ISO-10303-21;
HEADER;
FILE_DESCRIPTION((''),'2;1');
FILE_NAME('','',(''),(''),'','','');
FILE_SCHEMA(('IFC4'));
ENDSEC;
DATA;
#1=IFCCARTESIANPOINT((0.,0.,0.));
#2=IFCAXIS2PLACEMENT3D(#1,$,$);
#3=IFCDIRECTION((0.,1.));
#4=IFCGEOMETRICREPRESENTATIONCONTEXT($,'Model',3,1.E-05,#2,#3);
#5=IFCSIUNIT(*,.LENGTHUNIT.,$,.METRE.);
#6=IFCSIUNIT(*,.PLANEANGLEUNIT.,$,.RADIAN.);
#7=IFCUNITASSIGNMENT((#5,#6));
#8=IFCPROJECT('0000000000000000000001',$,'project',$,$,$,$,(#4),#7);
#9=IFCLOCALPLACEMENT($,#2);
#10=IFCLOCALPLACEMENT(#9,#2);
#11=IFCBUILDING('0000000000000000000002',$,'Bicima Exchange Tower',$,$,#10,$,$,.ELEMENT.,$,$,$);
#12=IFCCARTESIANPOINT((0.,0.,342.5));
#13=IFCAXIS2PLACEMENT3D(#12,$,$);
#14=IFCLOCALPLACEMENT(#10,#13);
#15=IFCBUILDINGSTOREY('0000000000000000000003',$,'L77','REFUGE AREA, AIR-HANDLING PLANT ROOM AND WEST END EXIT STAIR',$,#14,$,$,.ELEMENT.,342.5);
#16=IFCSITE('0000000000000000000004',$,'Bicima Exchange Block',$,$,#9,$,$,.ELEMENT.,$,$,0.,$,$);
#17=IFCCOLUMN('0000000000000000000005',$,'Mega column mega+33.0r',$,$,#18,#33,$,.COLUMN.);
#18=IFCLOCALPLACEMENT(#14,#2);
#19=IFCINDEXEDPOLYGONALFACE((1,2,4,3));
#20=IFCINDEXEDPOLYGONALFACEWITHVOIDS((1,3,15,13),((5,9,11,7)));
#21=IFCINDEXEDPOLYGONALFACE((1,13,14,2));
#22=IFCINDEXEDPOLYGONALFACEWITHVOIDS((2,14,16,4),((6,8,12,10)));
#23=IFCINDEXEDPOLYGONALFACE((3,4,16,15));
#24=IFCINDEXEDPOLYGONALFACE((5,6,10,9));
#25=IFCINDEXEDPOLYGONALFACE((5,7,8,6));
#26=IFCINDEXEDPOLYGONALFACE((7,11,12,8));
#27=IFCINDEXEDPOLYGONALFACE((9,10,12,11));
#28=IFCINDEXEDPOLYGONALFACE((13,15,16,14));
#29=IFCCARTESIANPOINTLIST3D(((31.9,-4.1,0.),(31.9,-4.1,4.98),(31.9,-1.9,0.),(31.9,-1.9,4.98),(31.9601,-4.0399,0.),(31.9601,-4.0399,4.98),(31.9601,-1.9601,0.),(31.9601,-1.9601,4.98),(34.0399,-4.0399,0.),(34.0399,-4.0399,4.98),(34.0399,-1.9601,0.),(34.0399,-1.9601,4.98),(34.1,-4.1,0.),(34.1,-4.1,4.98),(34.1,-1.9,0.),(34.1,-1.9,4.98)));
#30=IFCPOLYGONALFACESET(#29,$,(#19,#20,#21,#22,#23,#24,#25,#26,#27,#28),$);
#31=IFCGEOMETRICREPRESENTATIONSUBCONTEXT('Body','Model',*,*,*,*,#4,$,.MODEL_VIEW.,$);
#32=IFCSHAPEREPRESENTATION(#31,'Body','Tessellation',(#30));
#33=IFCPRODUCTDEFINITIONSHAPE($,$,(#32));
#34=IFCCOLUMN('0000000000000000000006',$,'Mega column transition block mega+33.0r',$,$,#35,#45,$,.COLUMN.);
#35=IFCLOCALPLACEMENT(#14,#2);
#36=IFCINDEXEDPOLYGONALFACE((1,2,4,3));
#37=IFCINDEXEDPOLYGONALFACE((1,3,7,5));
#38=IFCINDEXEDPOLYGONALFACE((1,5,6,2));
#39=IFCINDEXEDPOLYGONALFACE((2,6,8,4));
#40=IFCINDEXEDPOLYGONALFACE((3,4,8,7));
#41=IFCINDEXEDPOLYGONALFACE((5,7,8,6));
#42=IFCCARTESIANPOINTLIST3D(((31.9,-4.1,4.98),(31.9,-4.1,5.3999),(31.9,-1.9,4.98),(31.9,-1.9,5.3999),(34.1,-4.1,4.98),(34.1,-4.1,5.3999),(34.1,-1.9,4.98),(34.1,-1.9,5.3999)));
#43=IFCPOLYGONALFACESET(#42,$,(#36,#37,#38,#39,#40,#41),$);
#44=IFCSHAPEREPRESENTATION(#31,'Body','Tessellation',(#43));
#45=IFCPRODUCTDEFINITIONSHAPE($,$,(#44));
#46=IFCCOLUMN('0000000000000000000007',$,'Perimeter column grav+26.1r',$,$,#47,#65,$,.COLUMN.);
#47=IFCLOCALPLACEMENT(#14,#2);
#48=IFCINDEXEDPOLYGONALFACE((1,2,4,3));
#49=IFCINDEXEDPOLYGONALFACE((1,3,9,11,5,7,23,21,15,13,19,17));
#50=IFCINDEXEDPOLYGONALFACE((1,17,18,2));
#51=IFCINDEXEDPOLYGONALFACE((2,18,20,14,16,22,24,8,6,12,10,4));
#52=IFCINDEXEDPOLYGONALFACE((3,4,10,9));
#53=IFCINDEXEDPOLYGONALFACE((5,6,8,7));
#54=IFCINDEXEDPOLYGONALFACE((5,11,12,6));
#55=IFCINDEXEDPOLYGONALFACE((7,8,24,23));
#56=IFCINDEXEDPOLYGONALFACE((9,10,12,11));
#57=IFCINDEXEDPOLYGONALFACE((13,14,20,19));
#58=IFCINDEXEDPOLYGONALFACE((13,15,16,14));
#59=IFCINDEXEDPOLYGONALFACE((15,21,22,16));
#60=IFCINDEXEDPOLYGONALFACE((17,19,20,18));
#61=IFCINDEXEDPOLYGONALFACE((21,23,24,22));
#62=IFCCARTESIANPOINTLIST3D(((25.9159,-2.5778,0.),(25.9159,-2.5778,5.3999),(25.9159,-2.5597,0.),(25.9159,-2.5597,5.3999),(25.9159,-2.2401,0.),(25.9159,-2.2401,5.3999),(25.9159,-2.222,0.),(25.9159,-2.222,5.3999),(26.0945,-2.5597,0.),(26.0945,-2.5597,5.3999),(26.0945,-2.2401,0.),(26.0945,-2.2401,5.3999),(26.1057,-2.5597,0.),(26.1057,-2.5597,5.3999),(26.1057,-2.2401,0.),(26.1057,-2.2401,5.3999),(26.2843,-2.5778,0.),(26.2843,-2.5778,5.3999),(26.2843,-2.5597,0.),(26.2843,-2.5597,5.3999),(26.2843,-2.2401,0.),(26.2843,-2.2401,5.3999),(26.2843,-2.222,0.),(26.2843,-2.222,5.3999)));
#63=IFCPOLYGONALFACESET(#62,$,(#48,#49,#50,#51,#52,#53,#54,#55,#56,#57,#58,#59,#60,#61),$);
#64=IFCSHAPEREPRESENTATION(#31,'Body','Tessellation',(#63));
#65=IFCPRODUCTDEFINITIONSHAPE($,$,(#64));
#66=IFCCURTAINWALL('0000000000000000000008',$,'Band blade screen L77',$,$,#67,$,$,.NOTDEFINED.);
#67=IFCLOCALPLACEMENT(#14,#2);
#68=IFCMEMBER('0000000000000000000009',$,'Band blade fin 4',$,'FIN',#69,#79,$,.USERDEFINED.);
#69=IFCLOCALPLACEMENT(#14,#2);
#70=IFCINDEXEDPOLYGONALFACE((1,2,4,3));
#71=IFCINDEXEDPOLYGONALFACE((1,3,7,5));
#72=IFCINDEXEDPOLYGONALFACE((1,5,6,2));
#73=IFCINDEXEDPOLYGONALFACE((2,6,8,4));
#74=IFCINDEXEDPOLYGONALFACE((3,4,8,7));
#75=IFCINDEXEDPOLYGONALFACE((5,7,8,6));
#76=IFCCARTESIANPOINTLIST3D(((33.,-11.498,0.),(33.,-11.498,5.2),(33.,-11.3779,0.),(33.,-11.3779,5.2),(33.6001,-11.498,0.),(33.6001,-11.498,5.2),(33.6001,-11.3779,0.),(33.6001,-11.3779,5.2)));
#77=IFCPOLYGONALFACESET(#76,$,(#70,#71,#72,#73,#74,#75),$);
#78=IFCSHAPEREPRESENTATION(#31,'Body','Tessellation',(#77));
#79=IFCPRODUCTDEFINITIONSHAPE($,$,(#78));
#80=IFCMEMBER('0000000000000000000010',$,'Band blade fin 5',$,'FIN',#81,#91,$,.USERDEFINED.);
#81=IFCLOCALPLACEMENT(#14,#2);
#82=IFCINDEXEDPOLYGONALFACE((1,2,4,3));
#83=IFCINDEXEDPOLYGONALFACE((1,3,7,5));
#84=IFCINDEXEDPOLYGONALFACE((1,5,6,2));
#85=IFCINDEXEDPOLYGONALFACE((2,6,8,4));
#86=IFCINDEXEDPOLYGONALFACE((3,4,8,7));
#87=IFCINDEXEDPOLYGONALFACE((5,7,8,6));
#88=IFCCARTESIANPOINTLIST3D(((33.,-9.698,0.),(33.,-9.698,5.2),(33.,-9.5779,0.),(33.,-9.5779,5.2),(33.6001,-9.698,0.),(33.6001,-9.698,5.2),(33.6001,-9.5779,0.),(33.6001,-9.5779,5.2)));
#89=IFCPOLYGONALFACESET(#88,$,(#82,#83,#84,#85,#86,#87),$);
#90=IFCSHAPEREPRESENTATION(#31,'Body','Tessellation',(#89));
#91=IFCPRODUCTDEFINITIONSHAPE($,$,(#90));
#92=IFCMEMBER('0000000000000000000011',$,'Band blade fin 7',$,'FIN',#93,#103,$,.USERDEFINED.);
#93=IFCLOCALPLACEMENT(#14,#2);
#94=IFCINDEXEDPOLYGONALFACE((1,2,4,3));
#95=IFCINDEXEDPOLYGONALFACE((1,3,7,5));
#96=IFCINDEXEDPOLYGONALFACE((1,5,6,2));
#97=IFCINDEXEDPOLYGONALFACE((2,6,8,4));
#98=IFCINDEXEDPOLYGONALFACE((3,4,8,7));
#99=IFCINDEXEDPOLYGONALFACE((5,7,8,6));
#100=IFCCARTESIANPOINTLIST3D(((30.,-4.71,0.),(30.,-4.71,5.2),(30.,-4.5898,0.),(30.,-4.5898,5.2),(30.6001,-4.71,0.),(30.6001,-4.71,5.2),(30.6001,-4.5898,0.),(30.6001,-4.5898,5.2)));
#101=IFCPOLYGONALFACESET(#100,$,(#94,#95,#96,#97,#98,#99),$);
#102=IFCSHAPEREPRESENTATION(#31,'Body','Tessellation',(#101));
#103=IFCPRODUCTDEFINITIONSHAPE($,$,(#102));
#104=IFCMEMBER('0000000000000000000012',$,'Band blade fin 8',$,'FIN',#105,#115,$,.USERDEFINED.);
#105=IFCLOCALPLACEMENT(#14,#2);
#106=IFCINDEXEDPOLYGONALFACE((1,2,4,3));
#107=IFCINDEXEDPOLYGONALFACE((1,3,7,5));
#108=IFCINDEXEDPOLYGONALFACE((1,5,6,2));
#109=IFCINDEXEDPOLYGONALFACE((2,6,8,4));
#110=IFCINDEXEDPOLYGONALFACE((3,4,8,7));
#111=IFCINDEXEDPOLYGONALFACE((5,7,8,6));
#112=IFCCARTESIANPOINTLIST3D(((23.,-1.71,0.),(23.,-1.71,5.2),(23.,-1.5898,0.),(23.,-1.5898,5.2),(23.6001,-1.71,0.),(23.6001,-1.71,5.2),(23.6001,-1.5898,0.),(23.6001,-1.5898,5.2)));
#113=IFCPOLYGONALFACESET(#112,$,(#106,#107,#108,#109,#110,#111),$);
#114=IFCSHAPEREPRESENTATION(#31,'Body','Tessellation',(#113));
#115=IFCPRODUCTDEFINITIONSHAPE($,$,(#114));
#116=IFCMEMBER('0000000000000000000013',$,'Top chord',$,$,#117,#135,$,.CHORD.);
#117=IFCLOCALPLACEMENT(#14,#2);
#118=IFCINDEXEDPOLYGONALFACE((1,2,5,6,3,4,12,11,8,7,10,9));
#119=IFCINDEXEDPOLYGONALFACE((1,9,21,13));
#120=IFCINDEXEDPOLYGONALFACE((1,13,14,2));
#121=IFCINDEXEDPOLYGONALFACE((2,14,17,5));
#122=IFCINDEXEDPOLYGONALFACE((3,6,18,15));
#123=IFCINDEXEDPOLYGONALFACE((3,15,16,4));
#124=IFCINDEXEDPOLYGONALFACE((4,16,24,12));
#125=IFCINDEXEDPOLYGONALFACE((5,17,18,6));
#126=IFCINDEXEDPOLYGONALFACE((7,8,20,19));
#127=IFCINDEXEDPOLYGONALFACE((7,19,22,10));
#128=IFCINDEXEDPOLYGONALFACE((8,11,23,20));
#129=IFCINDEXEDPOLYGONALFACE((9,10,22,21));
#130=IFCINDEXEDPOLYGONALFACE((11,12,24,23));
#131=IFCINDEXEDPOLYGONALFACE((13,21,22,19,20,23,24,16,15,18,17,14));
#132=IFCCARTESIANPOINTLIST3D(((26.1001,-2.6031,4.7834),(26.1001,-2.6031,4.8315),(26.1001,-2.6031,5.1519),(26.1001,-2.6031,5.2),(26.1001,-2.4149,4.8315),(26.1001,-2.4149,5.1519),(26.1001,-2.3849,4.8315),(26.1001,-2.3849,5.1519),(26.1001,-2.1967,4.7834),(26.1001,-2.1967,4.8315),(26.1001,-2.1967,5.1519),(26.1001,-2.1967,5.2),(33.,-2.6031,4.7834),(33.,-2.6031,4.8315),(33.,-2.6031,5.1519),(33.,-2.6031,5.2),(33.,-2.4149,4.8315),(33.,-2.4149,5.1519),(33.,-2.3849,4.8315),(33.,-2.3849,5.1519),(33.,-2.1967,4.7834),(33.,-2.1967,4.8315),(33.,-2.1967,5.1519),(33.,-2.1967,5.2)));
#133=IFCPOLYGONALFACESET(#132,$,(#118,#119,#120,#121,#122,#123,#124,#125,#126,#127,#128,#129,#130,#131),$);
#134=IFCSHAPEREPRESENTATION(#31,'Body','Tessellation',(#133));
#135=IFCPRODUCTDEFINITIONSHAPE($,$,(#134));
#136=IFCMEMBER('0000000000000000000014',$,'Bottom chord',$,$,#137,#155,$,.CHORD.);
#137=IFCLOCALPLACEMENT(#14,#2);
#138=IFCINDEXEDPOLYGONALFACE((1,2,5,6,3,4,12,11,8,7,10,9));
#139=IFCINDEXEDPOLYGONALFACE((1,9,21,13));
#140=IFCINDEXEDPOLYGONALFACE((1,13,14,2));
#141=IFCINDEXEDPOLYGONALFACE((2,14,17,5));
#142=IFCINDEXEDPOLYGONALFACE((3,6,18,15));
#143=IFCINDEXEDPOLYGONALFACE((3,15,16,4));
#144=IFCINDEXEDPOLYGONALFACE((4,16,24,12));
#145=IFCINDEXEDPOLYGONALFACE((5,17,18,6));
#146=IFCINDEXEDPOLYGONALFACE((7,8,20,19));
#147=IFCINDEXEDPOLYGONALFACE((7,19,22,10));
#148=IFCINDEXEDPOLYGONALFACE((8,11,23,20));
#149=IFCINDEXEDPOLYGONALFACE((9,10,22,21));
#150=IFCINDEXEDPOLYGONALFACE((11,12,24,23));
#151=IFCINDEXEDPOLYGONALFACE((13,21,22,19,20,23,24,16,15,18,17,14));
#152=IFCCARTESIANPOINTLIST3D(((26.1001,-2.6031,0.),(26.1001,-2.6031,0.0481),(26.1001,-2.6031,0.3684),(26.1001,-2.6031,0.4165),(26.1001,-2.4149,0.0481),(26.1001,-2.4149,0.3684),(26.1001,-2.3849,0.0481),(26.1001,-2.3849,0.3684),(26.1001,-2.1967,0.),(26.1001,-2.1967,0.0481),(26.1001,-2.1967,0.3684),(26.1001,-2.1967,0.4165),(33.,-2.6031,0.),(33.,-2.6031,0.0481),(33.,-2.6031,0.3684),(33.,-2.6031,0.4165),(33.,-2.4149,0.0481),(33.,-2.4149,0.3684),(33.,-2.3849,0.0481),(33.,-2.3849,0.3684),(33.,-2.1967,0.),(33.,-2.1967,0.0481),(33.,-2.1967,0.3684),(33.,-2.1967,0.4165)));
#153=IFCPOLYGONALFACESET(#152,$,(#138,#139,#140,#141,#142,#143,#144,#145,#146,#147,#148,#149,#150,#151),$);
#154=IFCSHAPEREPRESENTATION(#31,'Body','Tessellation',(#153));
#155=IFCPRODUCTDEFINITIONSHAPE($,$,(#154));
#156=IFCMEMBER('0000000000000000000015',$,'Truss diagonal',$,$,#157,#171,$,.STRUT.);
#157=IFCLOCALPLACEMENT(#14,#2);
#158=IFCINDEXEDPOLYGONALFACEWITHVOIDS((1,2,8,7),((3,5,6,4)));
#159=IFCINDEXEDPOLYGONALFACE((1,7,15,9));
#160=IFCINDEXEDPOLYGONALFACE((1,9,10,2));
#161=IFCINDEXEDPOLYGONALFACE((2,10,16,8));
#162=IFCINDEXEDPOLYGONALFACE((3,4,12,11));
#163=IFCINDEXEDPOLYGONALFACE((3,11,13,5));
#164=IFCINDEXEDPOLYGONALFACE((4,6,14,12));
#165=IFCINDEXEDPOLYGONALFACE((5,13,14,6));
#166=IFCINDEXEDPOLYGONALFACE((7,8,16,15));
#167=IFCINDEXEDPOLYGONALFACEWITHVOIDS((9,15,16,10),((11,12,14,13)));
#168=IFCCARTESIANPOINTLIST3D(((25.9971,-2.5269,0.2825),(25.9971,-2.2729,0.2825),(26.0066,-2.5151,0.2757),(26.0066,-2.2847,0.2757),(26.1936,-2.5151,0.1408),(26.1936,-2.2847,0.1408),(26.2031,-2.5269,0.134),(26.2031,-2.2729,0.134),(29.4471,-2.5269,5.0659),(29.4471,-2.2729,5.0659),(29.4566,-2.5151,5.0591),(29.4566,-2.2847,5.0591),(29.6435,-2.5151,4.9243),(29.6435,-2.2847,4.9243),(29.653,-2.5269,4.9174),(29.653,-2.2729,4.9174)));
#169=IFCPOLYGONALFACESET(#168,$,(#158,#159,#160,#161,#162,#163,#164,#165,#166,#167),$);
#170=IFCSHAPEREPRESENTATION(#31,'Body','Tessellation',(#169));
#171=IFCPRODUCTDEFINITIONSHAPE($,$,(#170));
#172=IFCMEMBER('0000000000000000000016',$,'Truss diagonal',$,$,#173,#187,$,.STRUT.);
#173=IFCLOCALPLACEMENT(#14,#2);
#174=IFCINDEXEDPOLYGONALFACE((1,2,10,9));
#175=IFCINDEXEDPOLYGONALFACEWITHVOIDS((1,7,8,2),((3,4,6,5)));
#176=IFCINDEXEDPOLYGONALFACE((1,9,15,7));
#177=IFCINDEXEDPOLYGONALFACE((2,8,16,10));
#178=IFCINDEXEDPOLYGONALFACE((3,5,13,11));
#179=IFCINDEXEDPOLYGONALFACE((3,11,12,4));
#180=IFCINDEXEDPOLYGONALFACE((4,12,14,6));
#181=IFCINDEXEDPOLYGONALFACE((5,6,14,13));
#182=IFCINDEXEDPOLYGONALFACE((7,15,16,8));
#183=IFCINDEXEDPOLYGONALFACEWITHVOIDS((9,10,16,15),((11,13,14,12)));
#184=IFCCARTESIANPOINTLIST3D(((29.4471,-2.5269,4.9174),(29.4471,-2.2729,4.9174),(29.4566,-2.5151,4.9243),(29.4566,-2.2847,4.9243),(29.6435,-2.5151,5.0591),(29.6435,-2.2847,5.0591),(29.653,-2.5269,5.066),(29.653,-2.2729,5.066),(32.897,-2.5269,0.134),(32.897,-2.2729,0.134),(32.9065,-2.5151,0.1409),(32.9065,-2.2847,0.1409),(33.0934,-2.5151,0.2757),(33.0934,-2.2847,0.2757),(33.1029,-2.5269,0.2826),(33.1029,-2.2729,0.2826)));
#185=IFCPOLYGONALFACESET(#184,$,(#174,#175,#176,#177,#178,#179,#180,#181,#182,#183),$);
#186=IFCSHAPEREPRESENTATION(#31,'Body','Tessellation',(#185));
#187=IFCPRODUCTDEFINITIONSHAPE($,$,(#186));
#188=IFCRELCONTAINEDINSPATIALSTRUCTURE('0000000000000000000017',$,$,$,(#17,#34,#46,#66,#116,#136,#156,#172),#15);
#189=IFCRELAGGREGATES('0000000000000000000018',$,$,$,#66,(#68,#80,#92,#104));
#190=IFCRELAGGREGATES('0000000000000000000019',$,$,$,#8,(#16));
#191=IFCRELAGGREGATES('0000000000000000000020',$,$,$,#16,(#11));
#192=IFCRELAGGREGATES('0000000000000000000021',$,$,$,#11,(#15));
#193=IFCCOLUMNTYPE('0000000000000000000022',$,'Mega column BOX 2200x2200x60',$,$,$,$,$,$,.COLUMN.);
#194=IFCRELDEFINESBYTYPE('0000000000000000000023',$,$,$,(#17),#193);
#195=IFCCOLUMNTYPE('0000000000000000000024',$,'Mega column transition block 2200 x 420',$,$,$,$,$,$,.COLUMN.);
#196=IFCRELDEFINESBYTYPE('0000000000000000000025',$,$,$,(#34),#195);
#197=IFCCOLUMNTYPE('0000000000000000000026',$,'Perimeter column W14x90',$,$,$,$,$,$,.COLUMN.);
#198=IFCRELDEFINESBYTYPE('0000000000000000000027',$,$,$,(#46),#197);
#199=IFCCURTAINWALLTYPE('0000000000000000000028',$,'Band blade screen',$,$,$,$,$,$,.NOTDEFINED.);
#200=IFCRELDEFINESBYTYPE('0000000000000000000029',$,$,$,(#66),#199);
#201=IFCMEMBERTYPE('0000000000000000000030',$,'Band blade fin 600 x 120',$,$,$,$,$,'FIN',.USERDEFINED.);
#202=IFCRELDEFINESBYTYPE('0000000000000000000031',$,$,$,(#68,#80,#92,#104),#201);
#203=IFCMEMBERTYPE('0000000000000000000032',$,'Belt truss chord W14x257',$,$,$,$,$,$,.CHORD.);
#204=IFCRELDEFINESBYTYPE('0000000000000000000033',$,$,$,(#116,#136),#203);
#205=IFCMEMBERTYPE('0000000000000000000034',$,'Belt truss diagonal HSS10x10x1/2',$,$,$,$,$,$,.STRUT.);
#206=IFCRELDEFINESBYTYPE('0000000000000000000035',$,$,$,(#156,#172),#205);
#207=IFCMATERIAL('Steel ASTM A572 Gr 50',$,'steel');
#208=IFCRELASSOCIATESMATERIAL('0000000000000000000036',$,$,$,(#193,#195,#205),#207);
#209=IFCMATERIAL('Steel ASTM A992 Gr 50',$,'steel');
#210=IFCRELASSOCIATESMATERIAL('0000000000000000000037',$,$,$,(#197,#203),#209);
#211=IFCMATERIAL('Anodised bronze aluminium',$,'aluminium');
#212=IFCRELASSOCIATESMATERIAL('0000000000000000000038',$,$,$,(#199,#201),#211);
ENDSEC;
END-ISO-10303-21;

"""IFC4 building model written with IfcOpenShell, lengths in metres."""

from ifc_helpers import new_model, si_unit, direction, frame, origin, origin_2d, place, context, subcontext, project, spatial, rectangle, hollow_rectangle, i_section, extrude, material, material_profile, profile_set, type_object, element, aggregate, save


model = new_model("IFC4")

# Units and contexts
model_context = context("Model", 3, precision=1e-05, world=origin(), true_north=direction((0.0, 1.0)))
body_context = subcontext(model_context, "Body", "Model", "MODEL_VIEW")
ifc_project = project(units=[si_unit("LENGTHUNIT", "METRE"), si_unit("PLANEANGLEUNIT", "RADIAN")], contexts=[model_context])

# Site, building, storey
site_placement = place(None, origin())
site = spatial("IfcSite", under=ifc_project, at=site_placement, Name="Bicima Exchange Block", CompositionType="ELEMENT", RefElevation=0.0)
building_placement = place(site_placement, origin())
building = spatial("IfcBuilding", under=site, at=building_placement, Name="Bicima Exchange Tower", CompositionType="ELEMENT")
storey_placement = place(building_placement, frame((0.0, 0.0, 342.5)))
storey = spatial("IfcBuildingStorey", under=building, at=storey_placement, Name="L77", Description="REFUGE AREA, AIR-HANDLING PLANT ROOM AND WEST END EXIT STAIR", CompositionType="ELEMENT", Elevation=342.5)

# Columns
ifc_material_1 = material(Name="Steel ASTM A572 Gr 50", Category="steel")
ifc_material_profile_1 = material_profile(ifc_material_1, hollow_rectangle(XDim=2.2, YDim=2.2, WallThickness=0.0601, at=origin_2d()))
ifc_profile_set_1 = profile_set([ifc_material_profile_1], Name="Steel ASTM A572 Gr 50")
column_type_1 = type_object("IfcColumnType", Name="Mega column BOX 2200x2200x60", PredefinedType="COLUMN", material=ifc_profile_set_1)
column_1_placement = place(storey_placement, frame((33.0, -3.0, 0.0), z_axis=(0.0, 0.0, 1.0), x_axis=(1.0, 0.0, 0.0)))
element("IfcColumn", 1, at=column_1_placement, inside=storey, type_object=column_type_1, Name="Mega column mega+33.0r", PredefinedType="COLUMN", context=body_context, shape_type="SweptSolid", body=[
    extrude(hollow_rectangle(XDim=2.2, YDim=2.2, WallThickness=0.0601, at=origin_2d()), origin(), (0.0, 0.0, 1.0), 4.98),
])
ifc_material_profile_2 = material_profile(ifc_material_1, rectangle(XDim=2.2, YDim=2.2, at=origin_2d()))
ifc_profile_set_2 = profile_set([ifc_material_profile_2], Name="Steel ASTM A572 Gr 50")
column_type_2 = type_object("IfcColumnType", Name="Mega column transition block 2200 x 420", PredefinedType="COLUMN", material=ifc_profile_set_2)
column_2_placement = place(storey_placement, frame((33.0, -3.0, 4.98), z_axis=(0.0, 0.0, 1.0), x_axis=(1.0, 0.0, 0.0)))
element("IfcColumn", 2, at=column_2_placement, inside=storey, type_object=column_type_2, Name="Mega column transition block mega+33.0r", PredefinedType="COLUMN", context=body_context, shape_type="SweptSolid", body=[
    extrude(rectangle(XDim=2.2, YDim=2.2, at=origin_2d()), origin(), (0.0, 0.0, 1.0), 0.4199),
])
ifc_material_2 = material(Name="Steel ASTM A992 Gr 50", Category="steel")
ifc_material_profile_3 = material_profile(ifc_material_2, i_section(OverallWidth=0.3684, OverallDepth=0.3557, WebThickness=0.0112, FlangeThickness=0.0181, at=origin_2d()))
ifc_profile_set_3 = profile_set([ifc_material_profile_3], Name="Steel ASTM A992 Gr 50")
column_type_3 = type_object("IfcColumnType", Name="Perimeter column W14x90", PredefinedType="COLUMN", material=ifc_profile_set_3)
column_3_placement = place(storey_placement, frame((26.1001, -2.3999, 0.0), z_axis=(0.0, 0.0, 1.0), x_axis=(1.0, 0.0, 0.0)))
element("IfcColumn", 3, at=column_3_placement, inside=storey, type_object=column_type_3, Name="Perimeter column grav+26.1r", PredefinedType="COLUMN", context=body_context, shape_type="SweptSolid", body=[
    extrude(i_section(OverallWidth=0.3684, OverallDepth=0.3557, WebThickness=0.0112, FlangeThickness=0.0181, at=origin_2d()), origin(), (0.0, 0.0, 1.0), 5.3999),
])

# Curtain wall, members
ifc_material_3 = material(Name="Anodised bronze aluminium", Category="aluminium")
curtain_wall_type = type_object("IfcCurtainWallType", Name="Band blade screen", PredefinedType="NOTDEFINED", material=ifc_material_3)
curtain_wall_placement = place(storey_placement, origin())
curtain_wall = element("IfcCurtainWall", 4, at=curtain_wall_placement, inside=storey, type_object=curtain_wall_type, Name="Band blade screen L77", PredefinedType="NOTDEFINED")
ifc_material_profile_4 = material_profile(ifc_material_3, rectangle(XDim=0.6001, YDim=0.1201, at=origin_2d()))
ifc_profile_set_4 = profile_set([ifc_material_profile_4], Name="Anodised bronze aluminium")
member_type_1 = type_object("IfcMemberType", Name="Band blade fin 600 x 120", ElementType="FIN", PredefinedType="USERDEFINED", material=ifc_profile_set_4)
member_1_placement = place(storey_placement, frame((33.3, -11.438, 0.0), z_axis=(0.0, 0.0, 1.0), x_axis=(-1.0, 0.0, 0.0)))
member_1 = element("IfcMember", 5, at=member_1_placement, type_object=member_type_1, Name="Band blade fin 4", ObjectType="FIN", PredefinedType="USERDEFINED", context=body_context, shape_type="SweptSolid", body=[
    extrude(rectangle(XDim=0.6001, YDim=0.1201, at=origin_2d()), origin(), (0.0, 0.0, 1.0), 5.2),
])
member_2_placement = place(storey_placement, frame((33.3, -9.6379, 0.0), z_axis=(0.0, 0.0, 1.0), x_axis=(-1.0, 0.0, 0.0)))
member_2 = element("IfcMember", 6, at=member_2_placement, type_object=member_type_1, Name="Band blade fin 5", ObjectType="FIN", PredefinedType="USERDEFINED", context=body_context, shape_type="SweptSolid", body=[
    extrude(rectangle(XDim=0.6001, YDim=0.1201, at=origin_2d()), origin(), (0.0, 0.0, 1.0), 5.2),
])
member_3_placement = place(storey_placement, frame((30.3, -4.6499, 0.0), z_axis=(0.0, 0.0, 1.0), x_axis=(-1.0, 0.0, 0.0)))
member_3 = element("IfcMember", 7, at=member_3_placement, type_object=member_type_1, Name="Band blade fin 7", ObjectType="FIN", PredefinedType="USERDEFINED", context=body_context, shape_type="SweptSolid", body=[
    extrude(rectangle(XDim=0.6001, YDim=0.1201, at=origin_2d()), origin(), (0.0, 0.0, 1.0), 5.2),
])
member_4_placement = place(storey_placement, frame((23.3, -1.6499, 0.0), z_axis=(0.0, 0.0, 1.0), x_axis=(-1.0, 0.0, 0.0)))
member_4 = element("IfcMember", 8, at=member_4_placement, type_object=member_type_1, Name="Band blade fin 8", ObjectType="FIN", PredefinedType="USERDEFINED", context=body_context, shape_type="SweptSolid", body=[
    extrude(rectangle(XDim=0.6001, YDim=0.1201, at=origin_2d()), origin(), (0.0, 0.0, 1.0), 5.2),
])
aggregate(curtain_wall, [member_1, member_2, member_3, member_4])

# Members
ifc_material_profile_5 = material_profile(ifc_material_2, i_section(OverallWidth=0.4065, OverallDepth=0.4165, WebThickness=0.03, FlangeThickness=0.0481, at=origin_2d()))
ifc_profile_set_5 = profile_set([ifc_material_profile_5], Name="Steel ASTM A992 Gr 50")
member_type_2 = type_object("IfcMemberType", Name="Belt truss chord W14x257", PredefinedType="CHORD", material=ifc_profile_set_5)
for number, where, z_axis, x_axis, name in (
    (9, (26.1001, -2.3999, 4.9917), (1.0, 0.0, 0.0), (0.0, 1.0, 0.0), "Top chord"),
    (10, (26.1001, -2.3999, 0.2083), (1.0, 0.0, 0.0), (0.0, 1.0, 0.0), "Bottom chord"),
):
    element("IfcMember", number, at=place(storey_placement, frame(where, z_axis=z_axis, x_axis=x_axis)), inside=storey, type_object=member_type_2, Name=name, PredefinedType="CHORD", context=body_context, shape_type="SweptSolid", body=[
        extrude(i_section(OverallWidth=0.4065, OverallDepth=0.4165, WebThickness=0.03, FlangeThickness=0.0481, at=origin_2d()), origin(), (0.0, 0.0, 1.0), 6.8999),
    ])
ifc_material_profile_6 = material_profile(ifc_material_1, hollow_rectangle(XDim=0.2539, YDim=0.2539, WallThickness=0.0117, at=origin_2d()))
ifc_profile_set_6 = profile_set([ifc_material_profile_6], Name="Steel ASTM A572 Gr 50")
member_type_3 = type_object("IfcMemberType", Name="Belt truss diagonal HSS10x10x1/2", PredefinedType="STRUT", material=ifc_profile_set_6)
for number, where, z_axis, x_axis, name in (
    (11, (26.1001, -2.3999, 0.2083), (0.58496, 0.0, 0.811062), (0.0, 1.0, 0.0), "Truss diagonal"),
    (12, (29.55, -2.3999, 4.9917), (0.58496, 0.0, -0.811062), (0.0, 1.0, 0.0), "Truss diagonal"),
):
    element("IfcMember", number, at=place(storey_placement, frame(where, z_axis=z_axis, x_axis=x_axis)), inside=storey, type_object=member_type_3, Name=name, PredefinedType="STRUT", context=body_context, shape_type="SweptSolid", body=[
        extrude(hollow_rectangle(XDim=0.2539, YDim=0.2539, WallThickness=0.0117, at=origin_2d()), origin(), (0.0, 0.0, 1.0), 5.8977),
    ])

save(model, "model.ifc")
